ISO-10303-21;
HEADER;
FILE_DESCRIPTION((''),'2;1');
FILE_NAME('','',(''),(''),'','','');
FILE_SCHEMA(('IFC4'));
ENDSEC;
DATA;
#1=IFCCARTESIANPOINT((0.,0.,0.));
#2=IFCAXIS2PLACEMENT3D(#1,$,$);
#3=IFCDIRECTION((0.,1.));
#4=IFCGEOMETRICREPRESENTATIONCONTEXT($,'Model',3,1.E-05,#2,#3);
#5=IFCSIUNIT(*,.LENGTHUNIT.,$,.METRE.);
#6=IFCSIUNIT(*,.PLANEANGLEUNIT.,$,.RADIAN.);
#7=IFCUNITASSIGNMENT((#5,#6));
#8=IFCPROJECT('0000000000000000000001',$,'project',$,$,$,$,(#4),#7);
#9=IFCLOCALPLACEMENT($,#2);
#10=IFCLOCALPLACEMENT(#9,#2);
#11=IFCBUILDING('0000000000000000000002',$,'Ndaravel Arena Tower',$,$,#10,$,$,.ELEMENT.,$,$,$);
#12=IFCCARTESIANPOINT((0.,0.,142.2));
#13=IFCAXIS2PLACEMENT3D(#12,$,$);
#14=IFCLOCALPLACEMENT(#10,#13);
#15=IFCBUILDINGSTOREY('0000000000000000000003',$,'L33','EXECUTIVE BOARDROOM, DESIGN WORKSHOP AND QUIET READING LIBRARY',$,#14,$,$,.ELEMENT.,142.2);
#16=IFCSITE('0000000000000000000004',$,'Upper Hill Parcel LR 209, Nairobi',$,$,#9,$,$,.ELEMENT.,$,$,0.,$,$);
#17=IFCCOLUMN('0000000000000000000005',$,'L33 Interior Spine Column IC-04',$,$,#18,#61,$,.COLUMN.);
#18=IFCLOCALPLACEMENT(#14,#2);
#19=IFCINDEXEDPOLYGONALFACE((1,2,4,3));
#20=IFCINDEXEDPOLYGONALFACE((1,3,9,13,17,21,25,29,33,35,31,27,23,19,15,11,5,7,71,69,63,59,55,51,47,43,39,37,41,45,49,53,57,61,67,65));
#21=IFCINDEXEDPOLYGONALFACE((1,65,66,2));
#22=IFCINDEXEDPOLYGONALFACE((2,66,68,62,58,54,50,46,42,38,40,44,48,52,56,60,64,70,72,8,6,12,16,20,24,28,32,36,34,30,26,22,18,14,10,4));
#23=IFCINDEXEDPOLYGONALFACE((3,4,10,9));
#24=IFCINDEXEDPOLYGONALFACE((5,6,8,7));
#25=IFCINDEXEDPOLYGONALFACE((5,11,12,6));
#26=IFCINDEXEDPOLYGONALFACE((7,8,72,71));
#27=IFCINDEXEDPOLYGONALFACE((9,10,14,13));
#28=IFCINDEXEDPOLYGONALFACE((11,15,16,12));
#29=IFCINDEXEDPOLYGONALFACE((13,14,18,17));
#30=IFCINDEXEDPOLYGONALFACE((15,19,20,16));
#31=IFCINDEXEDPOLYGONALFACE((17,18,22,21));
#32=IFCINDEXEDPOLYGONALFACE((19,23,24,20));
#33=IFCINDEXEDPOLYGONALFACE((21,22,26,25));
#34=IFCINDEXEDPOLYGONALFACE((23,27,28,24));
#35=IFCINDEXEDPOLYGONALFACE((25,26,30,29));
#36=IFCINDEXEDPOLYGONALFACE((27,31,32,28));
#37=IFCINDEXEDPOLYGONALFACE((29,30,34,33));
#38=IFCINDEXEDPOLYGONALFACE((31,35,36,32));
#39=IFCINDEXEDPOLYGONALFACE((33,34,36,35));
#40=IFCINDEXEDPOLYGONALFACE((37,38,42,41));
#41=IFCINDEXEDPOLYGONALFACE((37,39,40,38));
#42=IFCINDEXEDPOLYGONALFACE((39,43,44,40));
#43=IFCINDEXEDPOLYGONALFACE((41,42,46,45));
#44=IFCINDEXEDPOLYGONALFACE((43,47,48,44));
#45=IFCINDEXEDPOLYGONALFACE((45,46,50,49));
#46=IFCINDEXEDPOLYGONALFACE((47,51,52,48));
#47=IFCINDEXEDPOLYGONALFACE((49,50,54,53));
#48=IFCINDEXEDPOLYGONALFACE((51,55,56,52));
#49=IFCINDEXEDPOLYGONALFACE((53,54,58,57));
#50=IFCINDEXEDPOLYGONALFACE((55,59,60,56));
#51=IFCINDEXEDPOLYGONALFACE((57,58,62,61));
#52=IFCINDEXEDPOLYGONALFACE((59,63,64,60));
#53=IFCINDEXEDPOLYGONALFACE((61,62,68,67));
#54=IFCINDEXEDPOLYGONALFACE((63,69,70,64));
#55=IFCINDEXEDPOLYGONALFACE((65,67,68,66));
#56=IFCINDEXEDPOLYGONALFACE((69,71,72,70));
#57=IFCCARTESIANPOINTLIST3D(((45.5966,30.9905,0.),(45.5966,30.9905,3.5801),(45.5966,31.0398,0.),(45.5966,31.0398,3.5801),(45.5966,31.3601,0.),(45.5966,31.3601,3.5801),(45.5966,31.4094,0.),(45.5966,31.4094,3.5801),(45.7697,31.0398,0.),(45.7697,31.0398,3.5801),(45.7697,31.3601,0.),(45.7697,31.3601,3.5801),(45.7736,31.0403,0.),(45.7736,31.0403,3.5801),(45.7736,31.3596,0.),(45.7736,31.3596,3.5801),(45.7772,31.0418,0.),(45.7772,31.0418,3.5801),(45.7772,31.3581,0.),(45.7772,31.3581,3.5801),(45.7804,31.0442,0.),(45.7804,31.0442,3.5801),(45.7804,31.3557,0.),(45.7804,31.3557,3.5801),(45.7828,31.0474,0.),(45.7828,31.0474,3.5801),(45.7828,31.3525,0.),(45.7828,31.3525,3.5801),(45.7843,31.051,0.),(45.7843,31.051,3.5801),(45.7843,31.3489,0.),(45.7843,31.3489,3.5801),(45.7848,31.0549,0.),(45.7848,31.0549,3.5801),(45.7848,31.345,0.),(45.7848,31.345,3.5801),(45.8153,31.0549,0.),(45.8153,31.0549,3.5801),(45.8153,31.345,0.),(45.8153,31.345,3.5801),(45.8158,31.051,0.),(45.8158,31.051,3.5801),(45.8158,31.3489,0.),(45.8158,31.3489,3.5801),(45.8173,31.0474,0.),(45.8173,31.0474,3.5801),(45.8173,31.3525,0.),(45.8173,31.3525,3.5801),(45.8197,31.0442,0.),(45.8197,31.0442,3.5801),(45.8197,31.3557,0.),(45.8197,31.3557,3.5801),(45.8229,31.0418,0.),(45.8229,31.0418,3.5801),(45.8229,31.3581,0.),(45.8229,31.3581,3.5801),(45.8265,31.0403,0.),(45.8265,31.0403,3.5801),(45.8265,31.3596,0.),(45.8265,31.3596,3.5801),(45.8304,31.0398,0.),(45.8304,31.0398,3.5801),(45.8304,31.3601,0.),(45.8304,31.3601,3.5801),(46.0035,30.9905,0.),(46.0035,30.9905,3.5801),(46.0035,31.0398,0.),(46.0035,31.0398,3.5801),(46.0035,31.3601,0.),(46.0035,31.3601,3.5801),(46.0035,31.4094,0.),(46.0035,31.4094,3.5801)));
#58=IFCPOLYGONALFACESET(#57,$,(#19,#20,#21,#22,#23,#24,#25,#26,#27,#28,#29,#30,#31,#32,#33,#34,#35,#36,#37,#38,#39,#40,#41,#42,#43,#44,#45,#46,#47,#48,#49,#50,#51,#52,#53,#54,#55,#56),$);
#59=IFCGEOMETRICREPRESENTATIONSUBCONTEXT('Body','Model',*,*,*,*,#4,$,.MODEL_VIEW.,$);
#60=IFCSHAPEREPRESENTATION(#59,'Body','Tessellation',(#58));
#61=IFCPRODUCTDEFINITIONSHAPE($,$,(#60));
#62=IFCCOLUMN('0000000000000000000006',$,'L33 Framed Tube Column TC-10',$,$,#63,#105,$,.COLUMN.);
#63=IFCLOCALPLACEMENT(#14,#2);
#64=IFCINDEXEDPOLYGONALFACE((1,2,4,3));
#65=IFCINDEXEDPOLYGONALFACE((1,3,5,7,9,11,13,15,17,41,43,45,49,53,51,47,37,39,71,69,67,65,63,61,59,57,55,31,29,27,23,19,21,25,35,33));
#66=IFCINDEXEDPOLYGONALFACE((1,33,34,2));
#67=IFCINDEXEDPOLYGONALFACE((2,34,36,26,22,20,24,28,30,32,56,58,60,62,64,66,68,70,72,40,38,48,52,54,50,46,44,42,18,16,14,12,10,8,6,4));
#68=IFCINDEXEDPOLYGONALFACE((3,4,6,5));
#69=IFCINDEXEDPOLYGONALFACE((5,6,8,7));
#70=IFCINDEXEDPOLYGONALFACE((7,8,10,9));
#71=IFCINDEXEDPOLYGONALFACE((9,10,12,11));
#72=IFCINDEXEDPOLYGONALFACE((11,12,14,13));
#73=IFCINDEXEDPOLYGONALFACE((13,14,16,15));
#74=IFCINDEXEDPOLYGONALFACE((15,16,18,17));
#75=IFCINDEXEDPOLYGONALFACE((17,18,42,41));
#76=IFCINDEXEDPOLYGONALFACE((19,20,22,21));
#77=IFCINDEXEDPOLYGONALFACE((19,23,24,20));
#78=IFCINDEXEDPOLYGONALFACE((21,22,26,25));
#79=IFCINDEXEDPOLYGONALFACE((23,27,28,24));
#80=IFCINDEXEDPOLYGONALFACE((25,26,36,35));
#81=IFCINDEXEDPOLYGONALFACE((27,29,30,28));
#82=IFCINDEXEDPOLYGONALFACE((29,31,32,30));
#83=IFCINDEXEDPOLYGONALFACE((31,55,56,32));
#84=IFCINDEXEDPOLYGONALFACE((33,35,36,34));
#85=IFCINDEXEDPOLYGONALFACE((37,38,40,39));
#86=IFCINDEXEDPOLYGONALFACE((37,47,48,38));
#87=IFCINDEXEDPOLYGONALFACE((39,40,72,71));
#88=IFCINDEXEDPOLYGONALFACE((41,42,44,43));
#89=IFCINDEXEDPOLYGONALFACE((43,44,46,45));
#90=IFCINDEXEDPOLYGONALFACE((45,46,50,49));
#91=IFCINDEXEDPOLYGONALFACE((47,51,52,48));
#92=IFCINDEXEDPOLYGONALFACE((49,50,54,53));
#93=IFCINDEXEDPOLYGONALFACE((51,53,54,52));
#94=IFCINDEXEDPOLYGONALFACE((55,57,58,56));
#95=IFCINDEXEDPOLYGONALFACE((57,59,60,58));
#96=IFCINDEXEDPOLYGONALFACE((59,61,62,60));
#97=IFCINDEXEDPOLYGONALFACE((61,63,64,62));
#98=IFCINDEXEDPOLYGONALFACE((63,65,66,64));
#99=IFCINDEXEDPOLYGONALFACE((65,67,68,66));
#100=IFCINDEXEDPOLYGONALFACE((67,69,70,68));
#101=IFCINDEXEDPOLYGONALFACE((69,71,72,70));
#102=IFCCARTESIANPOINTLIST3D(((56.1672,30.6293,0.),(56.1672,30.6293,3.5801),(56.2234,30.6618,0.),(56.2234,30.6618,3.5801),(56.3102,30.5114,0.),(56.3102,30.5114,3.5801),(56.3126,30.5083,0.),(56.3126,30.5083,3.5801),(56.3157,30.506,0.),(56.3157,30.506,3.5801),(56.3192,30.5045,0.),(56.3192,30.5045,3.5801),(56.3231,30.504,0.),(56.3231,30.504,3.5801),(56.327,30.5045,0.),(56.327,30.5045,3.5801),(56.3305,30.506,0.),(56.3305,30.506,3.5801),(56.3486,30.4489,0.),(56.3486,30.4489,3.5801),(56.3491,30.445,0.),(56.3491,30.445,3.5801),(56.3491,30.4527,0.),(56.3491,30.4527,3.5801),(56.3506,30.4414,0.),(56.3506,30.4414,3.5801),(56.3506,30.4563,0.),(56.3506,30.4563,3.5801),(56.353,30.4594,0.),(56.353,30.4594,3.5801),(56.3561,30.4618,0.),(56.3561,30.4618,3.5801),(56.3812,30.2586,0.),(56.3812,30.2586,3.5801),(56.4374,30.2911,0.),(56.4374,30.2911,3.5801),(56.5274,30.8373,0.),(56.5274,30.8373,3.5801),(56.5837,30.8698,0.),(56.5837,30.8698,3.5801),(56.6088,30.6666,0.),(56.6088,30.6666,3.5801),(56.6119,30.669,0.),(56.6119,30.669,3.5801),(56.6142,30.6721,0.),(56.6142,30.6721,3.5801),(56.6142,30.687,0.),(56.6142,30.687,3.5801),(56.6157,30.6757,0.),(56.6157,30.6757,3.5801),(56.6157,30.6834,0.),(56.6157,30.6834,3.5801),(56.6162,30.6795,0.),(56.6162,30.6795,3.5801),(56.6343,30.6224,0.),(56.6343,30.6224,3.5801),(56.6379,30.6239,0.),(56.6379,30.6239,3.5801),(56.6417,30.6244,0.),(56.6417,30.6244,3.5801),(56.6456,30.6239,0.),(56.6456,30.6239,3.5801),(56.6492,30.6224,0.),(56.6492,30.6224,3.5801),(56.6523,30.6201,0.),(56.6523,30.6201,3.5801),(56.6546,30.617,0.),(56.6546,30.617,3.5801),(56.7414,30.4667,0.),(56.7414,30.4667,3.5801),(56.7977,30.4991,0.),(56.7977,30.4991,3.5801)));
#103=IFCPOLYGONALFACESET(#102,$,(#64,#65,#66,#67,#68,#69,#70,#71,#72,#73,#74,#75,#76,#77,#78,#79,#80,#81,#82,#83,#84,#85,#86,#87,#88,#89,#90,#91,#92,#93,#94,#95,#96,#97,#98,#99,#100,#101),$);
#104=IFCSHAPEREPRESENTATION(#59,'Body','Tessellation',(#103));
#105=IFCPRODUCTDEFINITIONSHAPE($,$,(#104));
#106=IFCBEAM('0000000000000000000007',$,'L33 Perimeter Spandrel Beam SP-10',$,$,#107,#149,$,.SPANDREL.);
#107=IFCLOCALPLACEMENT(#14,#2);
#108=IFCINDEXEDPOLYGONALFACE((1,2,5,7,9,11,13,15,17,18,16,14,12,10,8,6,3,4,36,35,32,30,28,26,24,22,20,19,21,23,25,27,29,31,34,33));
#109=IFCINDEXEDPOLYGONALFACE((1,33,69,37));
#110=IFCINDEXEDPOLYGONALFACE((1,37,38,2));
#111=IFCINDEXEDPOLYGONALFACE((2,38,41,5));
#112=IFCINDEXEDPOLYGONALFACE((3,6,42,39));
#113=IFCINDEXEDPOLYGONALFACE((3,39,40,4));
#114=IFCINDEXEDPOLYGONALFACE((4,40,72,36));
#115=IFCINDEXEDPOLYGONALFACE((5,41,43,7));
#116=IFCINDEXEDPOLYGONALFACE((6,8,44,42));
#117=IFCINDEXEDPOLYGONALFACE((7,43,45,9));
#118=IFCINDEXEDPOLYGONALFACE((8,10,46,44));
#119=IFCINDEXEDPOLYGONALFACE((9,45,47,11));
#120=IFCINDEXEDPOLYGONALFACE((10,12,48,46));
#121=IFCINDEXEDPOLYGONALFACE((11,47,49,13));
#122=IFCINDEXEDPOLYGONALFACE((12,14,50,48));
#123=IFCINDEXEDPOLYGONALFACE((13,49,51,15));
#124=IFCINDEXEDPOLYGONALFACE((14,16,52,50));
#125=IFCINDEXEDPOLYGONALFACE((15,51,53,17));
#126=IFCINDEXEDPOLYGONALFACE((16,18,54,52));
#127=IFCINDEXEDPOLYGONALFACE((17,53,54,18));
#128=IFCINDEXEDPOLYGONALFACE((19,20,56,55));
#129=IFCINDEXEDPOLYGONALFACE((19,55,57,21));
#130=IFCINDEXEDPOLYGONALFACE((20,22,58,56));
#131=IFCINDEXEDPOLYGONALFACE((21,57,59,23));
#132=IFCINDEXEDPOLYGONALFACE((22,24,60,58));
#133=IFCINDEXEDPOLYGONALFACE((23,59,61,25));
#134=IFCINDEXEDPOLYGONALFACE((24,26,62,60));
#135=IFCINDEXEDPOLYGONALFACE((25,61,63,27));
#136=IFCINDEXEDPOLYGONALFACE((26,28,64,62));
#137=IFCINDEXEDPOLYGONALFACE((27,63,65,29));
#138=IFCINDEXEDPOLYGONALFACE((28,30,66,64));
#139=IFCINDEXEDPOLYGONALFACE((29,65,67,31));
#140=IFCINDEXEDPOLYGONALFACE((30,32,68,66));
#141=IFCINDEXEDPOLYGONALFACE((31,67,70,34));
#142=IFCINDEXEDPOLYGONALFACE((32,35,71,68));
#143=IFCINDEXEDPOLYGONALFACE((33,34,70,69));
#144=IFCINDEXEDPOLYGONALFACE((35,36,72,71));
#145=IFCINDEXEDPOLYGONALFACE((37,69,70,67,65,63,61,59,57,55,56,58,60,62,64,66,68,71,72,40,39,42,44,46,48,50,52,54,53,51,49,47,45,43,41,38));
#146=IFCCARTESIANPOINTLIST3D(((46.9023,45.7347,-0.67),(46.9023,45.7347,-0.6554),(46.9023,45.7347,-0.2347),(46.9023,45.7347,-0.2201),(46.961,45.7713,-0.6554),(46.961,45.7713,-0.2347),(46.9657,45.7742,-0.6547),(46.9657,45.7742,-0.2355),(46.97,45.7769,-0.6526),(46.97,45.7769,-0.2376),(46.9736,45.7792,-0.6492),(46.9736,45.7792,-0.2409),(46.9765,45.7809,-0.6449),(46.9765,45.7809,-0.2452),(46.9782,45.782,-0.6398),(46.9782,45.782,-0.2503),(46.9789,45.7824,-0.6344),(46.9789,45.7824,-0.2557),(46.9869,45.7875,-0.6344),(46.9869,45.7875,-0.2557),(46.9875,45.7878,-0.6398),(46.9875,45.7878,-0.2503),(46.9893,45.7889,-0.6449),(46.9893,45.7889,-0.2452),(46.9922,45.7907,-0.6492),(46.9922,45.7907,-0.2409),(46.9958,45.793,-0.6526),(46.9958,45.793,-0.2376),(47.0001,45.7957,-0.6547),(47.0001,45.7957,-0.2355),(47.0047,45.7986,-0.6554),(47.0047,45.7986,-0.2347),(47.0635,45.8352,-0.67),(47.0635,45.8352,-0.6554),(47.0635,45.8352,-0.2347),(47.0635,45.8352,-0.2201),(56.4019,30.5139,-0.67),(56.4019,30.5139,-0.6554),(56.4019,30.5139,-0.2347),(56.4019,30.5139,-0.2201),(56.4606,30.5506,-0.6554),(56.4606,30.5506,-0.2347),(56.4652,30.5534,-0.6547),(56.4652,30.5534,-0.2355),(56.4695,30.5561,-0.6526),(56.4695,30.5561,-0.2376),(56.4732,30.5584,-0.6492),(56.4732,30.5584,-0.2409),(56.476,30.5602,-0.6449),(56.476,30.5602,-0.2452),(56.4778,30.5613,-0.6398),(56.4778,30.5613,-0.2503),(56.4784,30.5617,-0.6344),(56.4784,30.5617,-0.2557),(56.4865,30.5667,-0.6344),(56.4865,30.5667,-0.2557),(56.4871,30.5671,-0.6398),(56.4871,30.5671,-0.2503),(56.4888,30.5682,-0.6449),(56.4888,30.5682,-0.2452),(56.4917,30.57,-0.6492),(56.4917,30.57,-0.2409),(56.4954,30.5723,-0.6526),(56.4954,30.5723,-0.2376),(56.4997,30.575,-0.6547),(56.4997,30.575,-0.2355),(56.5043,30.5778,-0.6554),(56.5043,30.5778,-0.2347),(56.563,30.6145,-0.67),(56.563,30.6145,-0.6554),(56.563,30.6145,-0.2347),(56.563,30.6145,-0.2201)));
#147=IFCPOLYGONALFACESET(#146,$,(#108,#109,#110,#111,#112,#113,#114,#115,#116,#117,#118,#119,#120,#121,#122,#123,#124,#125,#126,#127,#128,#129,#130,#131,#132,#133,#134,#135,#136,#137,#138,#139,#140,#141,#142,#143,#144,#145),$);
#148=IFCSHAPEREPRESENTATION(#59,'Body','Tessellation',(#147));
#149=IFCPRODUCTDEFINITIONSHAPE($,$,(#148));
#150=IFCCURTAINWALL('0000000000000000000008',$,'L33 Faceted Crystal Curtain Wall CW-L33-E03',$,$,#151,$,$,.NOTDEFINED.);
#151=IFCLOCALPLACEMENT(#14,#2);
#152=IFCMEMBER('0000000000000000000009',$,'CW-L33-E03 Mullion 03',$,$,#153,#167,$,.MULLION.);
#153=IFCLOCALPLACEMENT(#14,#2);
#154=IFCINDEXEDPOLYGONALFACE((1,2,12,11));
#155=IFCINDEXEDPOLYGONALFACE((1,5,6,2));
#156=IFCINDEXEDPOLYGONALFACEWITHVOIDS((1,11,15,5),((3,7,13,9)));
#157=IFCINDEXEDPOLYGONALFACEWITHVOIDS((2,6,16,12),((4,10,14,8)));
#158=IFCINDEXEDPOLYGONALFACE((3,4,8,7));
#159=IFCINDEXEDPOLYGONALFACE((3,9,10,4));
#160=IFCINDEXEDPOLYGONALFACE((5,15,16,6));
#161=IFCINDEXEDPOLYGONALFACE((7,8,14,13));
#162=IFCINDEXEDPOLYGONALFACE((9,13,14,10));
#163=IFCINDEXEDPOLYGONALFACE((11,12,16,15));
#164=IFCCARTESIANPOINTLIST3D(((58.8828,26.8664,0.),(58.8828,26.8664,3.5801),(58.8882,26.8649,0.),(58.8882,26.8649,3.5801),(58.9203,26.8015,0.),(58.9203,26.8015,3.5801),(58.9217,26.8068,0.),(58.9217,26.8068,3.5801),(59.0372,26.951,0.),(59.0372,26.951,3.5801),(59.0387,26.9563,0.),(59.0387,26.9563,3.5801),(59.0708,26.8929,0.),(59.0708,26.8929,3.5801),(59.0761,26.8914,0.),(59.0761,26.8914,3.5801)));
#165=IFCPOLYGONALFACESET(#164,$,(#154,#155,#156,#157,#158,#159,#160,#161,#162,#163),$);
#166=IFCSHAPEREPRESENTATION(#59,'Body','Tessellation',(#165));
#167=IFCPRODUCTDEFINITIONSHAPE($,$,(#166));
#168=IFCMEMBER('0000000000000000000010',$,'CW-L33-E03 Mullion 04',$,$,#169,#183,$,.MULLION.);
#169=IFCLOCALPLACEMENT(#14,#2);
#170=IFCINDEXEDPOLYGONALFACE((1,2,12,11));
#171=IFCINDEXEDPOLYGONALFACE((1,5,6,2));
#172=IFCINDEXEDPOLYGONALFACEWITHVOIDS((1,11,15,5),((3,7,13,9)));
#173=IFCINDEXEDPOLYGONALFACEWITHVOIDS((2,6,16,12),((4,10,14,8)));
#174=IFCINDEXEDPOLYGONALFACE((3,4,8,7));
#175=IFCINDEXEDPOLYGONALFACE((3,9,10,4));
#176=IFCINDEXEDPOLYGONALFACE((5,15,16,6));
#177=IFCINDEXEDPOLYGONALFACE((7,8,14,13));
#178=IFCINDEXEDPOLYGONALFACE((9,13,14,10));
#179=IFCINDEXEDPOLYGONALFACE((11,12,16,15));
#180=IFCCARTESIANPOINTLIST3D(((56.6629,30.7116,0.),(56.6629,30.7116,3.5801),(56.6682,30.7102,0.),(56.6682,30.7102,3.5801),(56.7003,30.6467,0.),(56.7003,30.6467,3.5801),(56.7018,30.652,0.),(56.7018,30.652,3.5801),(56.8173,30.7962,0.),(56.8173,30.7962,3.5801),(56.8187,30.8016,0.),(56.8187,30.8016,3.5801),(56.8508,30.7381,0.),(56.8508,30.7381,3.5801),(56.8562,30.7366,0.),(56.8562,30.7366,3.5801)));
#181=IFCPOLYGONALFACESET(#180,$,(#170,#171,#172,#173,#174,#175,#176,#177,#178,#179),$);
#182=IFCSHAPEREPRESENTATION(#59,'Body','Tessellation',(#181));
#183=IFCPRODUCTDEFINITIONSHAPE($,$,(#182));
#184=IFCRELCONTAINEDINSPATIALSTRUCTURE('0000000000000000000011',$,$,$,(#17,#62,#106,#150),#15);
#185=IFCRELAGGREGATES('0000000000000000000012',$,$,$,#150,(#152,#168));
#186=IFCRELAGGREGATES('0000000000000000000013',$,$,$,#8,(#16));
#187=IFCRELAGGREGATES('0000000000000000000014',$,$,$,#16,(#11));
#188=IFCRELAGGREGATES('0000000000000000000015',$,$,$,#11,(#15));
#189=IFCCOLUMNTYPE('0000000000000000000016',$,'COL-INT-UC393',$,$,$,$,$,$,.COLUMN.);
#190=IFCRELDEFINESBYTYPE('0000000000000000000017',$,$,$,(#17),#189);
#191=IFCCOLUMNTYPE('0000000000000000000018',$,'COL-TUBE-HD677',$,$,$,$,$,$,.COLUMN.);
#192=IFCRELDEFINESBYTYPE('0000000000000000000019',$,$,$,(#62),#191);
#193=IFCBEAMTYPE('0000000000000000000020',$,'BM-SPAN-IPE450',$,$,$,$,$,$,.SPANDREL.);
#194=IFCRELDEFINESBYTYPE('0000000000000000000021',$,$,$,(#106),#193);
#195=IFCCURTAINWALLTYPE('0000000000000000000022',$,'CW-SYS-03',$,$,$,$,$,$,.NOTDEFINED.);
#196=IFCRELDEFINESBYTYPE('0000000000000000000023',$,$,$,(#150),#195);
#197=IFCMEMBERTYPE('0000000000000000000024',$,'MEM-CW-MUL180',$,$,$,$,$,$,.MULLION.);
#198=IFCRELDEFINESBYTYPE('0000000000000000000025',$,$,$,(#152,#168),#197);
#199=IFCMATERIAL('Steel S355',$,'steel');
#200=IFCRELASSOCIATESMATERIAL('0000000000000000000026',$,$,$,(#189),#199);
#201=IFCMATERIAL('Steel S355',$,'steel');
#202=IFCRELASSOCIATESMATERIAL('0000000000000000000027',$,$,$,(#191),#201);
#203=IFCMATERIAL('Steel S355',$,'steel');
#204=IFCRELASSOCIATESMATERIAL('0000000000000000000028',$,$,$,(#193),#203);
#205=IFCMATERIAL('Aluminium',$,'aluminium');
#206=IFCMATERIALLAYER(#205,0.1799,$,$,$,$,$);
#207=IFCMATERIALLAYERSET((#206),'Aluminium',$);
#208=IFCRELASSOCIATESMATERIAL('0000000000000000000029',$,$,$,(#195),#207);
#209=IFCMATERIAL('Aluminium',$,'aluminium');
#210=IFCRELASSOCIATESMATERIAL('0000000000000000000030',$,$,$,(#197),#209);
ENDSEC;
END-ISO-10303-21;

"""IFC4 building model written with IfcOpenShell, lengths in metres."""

from ifc_helpers import new_model, si_unit, direction, frame, origin, origin_2d, place, context, subcontext, project, spatial, hollow_rectangle, i_section, extrude, material, layer, layer_set, material_profile, profile_set, type_object, element, aggregate, save


model = new_model("IFC4")

# Units and contexts
model_context = context("Model", 3, precision=1e-05, world=origin(), true_north=direction((0.0, 1.0)))
body_context = subcontext(model_context, "Body", "Model", "MODEL_VIEW")
ifc_project = project(units=[si_unit("LENGTHUNIT", "METRE"), si_unit("PLANEANGLEUNIT", "RADIAN")], contexts=[model_context])

# Site, building, storey
site_placement = place(None, origin())
site = spatial("IfcSite", under=ifc_project, at=site_placement, Name="Upper Hill Parcel LR 209, Nairobi", CompositionType="ELEMENT", RefElevation=0.0)
building_placement = place(site_placement, origin())
building = spatial("IfcBuilding", under=site, at=building_placement, Name="Ndaravel Arena Tower", CompositionType="ELEMENT")
storey_placement = place(building_placement, frame((0.0, 0.0, 142.2)))
storey = spatial("IfcBuildingStorey", under=building, at=storey_placement, Name="L33", Description="EXECUTIVE BOARDROOM, DESIGN WORKSHOP AND QUIET READING LIBRARY", CompositionType="ELEMENT", Elevation=142.2)

# Columns
ifc_material_1 = material(Name="Steel S355", Category="steel")
ifc_material_profile_1 = material_profile(ifc_material_1, i_section(OverallWidth=0.407, OverallDepth=0.4189, WebThickness=0.0305, FlangeThickness=0.0493, FilletRadius=0.0151, at=origin_2d()), Name="UC 356x406x393")
ifc_profile_set_1 = profile_set([ifc_material_profile_1], Name="Steel S355")
column_type_1 = type_object("IfcColumnType", Name="COL-INT-UC393", PredefinedType="COLUMN", material=ifc_profile_set_1)
column_1_placement = place(storey_placement, frame((45.8, 31.2, 0.0), z_axis=(0.0, 0.0, 1.0), x_axis=(1.0, 0.0, 0.0)))
element("IfcColumn", 1, at=column_1_placement, inside=storey, type_object=column_type_1, Name="L33 Interior Spine Column IC-04", PredefinedType="COLUMN", context=body_context, shape_type="SweptSolid", body=[
    extrude(i_section(OverallWidth=0.407, OverallDepth=0.4189, WebThickness=0.0305, FlangeThickness=0.0493, FilletRadius=0.0151, at=origin_2d()), origin(), (0.0, 0.0, 1.0), 3.5801),
])
ifc_material_2 = material(Name="Steel S355", Category="steel")
ifc_material_profile_2 = material_profile(ifc_material_2, i_section(OverallWidth=0.428, OverallDepth=0.481, WebThickness=0.051, FlangeThickness=0.0649, FilletRadius=0.0149, at=origin_2d()), Name="HD 400x677")
ifc_profile_set_2 = profile_set([ifc_material_profile_2], Name="Steel S355")
column_type_2 = type_object("IfcColumnType", Name="COL-TUBE-HD677", PredefinedType="COLUMN", material=ifc_profile_set_2)
column_2_placement = place(storey_placement, frame((56.4824, 30.5642, 0.0), z_axis=(0.0, 0.0, 1.0), x_axis=(-0.5, 0.866025, 0.0)))
element("IfcColumn", 2, at=column_2_placement, inside=storey, type_object=column_type_2, Name="L33 Framed Tube Column TC-10", PredefinedType="COLUMN", context=body_context, shape_type="SweptSolid", body=[
    extrude(i_section(OverallWidth=0.428, OverallDepth=0.481, WebThickness=0.051, FlangeThickness=0.0649, FilletRadius=0.0149, at=origin_2d()), origin(), (0.0, 0.0, 1.0), 3.5801),
])

# Beam
ifc_material_3 = material(Name="Steel S355", Category="steel")
ifc_material_profile_3 = material_profile(ifc_material_3, i_section(OverallWidth=0.1899, OverallDepth=0.45, WebThickness=0.0095, FlangeThickness=0.0146, FilletRadius=0.021, at=origin_2d()), Name="IPE 450")
ifc_profile_set_3 = profile_set([ifc_material_profile_3], Name="Steel S355")
beam_type = type_object("IfcBeamType", Name="BM-SPAN-IPE450", PredefinedType="SPANDREL", material=ifc_profile_set_3)
beam_placement = place(storey_placement, frame((56.4824, 30.5642, -0.4451), z_axis=(-0.529461, 0.848334, 0.0), x_axis=(-0.848334, -0.529461, 0.0)))
element("IfcBeam", 3, at=beam_placement, inside=storey, type_object=beam_type, Name="L33 Perimeter Spandrel Beam SP-10", PredefinedType="SPANDREL", context=body_context, shape_type="SweptSolid", body=[
    extrude(i_section(OverallWidth=0.1899, OverallDepth=0.45, WebThickness=0.0095, FlangeThickness=0.0146, FilletRadius=0.021, at=origin_2d()), origin(), (0.0, 0.0, 1.0), 17.9419),
])

# Curtain wall, members
ifc_material_4 = material(Name="Aluminium", Category="aluminium")
ifc_layer_1 = layer(ifc_material_4, 0.1799)
ifc_layer_set_1 = layer_set([ifc_layer_1], Name="Aluminium")
curtain_wall_type = type_object("IfcCurtainWallType", Name="CW-SYS-03", PredefinedType="NOTDEFINED", material=ifc_layer_set_1)
curtain_wall_placement = place(storey_placement, origin())
curtain_wall = element("IfcCurtainWall", 4, at=curtain_wall_placement, inside=storey, type_object=curtain_wall_type, Name="L33 Faceted Crystal Curtain Wall CW-L33-E03", PredefinedType="NOTDEFINED")
ifc_material_5 = material(Name="Aluminium", Category="aluminium")
ifc_material_profile_4 = material_profile(ifc_material_5, hollow_rectangle(XDim=0.075, YDim=0.1799, WallThickness=0.0039, at=origin_2d()), Name="CW MULLION 75x180x4")
ifc_profile_set_4 = profile_set([ifc_material_profile_4], Name="Aluminium")
member_type = type_object("IfcMemberType", Name="MEM-CW-MUL180", PredefinedType="MULLION", material=ifc_profile_set_4)
member_1_placement = place(storey_placement, frame((58.9795, 26.8789, 0.0), z_axis=(0.0, 0.0, 1.0), x_axis=(-0.5, 0.866025, 0.0)))
member_1 = element("IfcMember", 5, at=member_1_placement, type_object=member_type, Name="CW-L33-E03 Mullion 03", PredefinedType="MULLION", context=body_context, shape_type="SweptSolid", body=[
    extrude(hollow_rectangle(XDim=0.075, YDim=0.1799, WallThickness=0.0039, at=origin_2d()), origin(), (0.0, 0.0, 1.0), 3.5801),
])
member_2_placement = place(storey_placement, frame((56.7595, 30.7241, 0.0), z_axis=(0.0, 0.0, 1.0), x_axis=(-0.5, 0.866025, 0.0)))
member_2 = element("IfcMember", 6, at=member_2_placement, type_object=member_type, Name="CW-L33-E03 Mullion 04", PredefinedType="MULLION", context=body_context, shape_type="SweptSolid", body=[
    extrude(hollow_rectangle(XDim=0.075, YDim=0.1799, WallThickness=0.0039, at=origin_2d()), origin(), (0.0, 0.0, 1.0), 3.5801),
])
aggregate(curtain_wall, [member_1, member_2])

save(model, "model.ifc")
